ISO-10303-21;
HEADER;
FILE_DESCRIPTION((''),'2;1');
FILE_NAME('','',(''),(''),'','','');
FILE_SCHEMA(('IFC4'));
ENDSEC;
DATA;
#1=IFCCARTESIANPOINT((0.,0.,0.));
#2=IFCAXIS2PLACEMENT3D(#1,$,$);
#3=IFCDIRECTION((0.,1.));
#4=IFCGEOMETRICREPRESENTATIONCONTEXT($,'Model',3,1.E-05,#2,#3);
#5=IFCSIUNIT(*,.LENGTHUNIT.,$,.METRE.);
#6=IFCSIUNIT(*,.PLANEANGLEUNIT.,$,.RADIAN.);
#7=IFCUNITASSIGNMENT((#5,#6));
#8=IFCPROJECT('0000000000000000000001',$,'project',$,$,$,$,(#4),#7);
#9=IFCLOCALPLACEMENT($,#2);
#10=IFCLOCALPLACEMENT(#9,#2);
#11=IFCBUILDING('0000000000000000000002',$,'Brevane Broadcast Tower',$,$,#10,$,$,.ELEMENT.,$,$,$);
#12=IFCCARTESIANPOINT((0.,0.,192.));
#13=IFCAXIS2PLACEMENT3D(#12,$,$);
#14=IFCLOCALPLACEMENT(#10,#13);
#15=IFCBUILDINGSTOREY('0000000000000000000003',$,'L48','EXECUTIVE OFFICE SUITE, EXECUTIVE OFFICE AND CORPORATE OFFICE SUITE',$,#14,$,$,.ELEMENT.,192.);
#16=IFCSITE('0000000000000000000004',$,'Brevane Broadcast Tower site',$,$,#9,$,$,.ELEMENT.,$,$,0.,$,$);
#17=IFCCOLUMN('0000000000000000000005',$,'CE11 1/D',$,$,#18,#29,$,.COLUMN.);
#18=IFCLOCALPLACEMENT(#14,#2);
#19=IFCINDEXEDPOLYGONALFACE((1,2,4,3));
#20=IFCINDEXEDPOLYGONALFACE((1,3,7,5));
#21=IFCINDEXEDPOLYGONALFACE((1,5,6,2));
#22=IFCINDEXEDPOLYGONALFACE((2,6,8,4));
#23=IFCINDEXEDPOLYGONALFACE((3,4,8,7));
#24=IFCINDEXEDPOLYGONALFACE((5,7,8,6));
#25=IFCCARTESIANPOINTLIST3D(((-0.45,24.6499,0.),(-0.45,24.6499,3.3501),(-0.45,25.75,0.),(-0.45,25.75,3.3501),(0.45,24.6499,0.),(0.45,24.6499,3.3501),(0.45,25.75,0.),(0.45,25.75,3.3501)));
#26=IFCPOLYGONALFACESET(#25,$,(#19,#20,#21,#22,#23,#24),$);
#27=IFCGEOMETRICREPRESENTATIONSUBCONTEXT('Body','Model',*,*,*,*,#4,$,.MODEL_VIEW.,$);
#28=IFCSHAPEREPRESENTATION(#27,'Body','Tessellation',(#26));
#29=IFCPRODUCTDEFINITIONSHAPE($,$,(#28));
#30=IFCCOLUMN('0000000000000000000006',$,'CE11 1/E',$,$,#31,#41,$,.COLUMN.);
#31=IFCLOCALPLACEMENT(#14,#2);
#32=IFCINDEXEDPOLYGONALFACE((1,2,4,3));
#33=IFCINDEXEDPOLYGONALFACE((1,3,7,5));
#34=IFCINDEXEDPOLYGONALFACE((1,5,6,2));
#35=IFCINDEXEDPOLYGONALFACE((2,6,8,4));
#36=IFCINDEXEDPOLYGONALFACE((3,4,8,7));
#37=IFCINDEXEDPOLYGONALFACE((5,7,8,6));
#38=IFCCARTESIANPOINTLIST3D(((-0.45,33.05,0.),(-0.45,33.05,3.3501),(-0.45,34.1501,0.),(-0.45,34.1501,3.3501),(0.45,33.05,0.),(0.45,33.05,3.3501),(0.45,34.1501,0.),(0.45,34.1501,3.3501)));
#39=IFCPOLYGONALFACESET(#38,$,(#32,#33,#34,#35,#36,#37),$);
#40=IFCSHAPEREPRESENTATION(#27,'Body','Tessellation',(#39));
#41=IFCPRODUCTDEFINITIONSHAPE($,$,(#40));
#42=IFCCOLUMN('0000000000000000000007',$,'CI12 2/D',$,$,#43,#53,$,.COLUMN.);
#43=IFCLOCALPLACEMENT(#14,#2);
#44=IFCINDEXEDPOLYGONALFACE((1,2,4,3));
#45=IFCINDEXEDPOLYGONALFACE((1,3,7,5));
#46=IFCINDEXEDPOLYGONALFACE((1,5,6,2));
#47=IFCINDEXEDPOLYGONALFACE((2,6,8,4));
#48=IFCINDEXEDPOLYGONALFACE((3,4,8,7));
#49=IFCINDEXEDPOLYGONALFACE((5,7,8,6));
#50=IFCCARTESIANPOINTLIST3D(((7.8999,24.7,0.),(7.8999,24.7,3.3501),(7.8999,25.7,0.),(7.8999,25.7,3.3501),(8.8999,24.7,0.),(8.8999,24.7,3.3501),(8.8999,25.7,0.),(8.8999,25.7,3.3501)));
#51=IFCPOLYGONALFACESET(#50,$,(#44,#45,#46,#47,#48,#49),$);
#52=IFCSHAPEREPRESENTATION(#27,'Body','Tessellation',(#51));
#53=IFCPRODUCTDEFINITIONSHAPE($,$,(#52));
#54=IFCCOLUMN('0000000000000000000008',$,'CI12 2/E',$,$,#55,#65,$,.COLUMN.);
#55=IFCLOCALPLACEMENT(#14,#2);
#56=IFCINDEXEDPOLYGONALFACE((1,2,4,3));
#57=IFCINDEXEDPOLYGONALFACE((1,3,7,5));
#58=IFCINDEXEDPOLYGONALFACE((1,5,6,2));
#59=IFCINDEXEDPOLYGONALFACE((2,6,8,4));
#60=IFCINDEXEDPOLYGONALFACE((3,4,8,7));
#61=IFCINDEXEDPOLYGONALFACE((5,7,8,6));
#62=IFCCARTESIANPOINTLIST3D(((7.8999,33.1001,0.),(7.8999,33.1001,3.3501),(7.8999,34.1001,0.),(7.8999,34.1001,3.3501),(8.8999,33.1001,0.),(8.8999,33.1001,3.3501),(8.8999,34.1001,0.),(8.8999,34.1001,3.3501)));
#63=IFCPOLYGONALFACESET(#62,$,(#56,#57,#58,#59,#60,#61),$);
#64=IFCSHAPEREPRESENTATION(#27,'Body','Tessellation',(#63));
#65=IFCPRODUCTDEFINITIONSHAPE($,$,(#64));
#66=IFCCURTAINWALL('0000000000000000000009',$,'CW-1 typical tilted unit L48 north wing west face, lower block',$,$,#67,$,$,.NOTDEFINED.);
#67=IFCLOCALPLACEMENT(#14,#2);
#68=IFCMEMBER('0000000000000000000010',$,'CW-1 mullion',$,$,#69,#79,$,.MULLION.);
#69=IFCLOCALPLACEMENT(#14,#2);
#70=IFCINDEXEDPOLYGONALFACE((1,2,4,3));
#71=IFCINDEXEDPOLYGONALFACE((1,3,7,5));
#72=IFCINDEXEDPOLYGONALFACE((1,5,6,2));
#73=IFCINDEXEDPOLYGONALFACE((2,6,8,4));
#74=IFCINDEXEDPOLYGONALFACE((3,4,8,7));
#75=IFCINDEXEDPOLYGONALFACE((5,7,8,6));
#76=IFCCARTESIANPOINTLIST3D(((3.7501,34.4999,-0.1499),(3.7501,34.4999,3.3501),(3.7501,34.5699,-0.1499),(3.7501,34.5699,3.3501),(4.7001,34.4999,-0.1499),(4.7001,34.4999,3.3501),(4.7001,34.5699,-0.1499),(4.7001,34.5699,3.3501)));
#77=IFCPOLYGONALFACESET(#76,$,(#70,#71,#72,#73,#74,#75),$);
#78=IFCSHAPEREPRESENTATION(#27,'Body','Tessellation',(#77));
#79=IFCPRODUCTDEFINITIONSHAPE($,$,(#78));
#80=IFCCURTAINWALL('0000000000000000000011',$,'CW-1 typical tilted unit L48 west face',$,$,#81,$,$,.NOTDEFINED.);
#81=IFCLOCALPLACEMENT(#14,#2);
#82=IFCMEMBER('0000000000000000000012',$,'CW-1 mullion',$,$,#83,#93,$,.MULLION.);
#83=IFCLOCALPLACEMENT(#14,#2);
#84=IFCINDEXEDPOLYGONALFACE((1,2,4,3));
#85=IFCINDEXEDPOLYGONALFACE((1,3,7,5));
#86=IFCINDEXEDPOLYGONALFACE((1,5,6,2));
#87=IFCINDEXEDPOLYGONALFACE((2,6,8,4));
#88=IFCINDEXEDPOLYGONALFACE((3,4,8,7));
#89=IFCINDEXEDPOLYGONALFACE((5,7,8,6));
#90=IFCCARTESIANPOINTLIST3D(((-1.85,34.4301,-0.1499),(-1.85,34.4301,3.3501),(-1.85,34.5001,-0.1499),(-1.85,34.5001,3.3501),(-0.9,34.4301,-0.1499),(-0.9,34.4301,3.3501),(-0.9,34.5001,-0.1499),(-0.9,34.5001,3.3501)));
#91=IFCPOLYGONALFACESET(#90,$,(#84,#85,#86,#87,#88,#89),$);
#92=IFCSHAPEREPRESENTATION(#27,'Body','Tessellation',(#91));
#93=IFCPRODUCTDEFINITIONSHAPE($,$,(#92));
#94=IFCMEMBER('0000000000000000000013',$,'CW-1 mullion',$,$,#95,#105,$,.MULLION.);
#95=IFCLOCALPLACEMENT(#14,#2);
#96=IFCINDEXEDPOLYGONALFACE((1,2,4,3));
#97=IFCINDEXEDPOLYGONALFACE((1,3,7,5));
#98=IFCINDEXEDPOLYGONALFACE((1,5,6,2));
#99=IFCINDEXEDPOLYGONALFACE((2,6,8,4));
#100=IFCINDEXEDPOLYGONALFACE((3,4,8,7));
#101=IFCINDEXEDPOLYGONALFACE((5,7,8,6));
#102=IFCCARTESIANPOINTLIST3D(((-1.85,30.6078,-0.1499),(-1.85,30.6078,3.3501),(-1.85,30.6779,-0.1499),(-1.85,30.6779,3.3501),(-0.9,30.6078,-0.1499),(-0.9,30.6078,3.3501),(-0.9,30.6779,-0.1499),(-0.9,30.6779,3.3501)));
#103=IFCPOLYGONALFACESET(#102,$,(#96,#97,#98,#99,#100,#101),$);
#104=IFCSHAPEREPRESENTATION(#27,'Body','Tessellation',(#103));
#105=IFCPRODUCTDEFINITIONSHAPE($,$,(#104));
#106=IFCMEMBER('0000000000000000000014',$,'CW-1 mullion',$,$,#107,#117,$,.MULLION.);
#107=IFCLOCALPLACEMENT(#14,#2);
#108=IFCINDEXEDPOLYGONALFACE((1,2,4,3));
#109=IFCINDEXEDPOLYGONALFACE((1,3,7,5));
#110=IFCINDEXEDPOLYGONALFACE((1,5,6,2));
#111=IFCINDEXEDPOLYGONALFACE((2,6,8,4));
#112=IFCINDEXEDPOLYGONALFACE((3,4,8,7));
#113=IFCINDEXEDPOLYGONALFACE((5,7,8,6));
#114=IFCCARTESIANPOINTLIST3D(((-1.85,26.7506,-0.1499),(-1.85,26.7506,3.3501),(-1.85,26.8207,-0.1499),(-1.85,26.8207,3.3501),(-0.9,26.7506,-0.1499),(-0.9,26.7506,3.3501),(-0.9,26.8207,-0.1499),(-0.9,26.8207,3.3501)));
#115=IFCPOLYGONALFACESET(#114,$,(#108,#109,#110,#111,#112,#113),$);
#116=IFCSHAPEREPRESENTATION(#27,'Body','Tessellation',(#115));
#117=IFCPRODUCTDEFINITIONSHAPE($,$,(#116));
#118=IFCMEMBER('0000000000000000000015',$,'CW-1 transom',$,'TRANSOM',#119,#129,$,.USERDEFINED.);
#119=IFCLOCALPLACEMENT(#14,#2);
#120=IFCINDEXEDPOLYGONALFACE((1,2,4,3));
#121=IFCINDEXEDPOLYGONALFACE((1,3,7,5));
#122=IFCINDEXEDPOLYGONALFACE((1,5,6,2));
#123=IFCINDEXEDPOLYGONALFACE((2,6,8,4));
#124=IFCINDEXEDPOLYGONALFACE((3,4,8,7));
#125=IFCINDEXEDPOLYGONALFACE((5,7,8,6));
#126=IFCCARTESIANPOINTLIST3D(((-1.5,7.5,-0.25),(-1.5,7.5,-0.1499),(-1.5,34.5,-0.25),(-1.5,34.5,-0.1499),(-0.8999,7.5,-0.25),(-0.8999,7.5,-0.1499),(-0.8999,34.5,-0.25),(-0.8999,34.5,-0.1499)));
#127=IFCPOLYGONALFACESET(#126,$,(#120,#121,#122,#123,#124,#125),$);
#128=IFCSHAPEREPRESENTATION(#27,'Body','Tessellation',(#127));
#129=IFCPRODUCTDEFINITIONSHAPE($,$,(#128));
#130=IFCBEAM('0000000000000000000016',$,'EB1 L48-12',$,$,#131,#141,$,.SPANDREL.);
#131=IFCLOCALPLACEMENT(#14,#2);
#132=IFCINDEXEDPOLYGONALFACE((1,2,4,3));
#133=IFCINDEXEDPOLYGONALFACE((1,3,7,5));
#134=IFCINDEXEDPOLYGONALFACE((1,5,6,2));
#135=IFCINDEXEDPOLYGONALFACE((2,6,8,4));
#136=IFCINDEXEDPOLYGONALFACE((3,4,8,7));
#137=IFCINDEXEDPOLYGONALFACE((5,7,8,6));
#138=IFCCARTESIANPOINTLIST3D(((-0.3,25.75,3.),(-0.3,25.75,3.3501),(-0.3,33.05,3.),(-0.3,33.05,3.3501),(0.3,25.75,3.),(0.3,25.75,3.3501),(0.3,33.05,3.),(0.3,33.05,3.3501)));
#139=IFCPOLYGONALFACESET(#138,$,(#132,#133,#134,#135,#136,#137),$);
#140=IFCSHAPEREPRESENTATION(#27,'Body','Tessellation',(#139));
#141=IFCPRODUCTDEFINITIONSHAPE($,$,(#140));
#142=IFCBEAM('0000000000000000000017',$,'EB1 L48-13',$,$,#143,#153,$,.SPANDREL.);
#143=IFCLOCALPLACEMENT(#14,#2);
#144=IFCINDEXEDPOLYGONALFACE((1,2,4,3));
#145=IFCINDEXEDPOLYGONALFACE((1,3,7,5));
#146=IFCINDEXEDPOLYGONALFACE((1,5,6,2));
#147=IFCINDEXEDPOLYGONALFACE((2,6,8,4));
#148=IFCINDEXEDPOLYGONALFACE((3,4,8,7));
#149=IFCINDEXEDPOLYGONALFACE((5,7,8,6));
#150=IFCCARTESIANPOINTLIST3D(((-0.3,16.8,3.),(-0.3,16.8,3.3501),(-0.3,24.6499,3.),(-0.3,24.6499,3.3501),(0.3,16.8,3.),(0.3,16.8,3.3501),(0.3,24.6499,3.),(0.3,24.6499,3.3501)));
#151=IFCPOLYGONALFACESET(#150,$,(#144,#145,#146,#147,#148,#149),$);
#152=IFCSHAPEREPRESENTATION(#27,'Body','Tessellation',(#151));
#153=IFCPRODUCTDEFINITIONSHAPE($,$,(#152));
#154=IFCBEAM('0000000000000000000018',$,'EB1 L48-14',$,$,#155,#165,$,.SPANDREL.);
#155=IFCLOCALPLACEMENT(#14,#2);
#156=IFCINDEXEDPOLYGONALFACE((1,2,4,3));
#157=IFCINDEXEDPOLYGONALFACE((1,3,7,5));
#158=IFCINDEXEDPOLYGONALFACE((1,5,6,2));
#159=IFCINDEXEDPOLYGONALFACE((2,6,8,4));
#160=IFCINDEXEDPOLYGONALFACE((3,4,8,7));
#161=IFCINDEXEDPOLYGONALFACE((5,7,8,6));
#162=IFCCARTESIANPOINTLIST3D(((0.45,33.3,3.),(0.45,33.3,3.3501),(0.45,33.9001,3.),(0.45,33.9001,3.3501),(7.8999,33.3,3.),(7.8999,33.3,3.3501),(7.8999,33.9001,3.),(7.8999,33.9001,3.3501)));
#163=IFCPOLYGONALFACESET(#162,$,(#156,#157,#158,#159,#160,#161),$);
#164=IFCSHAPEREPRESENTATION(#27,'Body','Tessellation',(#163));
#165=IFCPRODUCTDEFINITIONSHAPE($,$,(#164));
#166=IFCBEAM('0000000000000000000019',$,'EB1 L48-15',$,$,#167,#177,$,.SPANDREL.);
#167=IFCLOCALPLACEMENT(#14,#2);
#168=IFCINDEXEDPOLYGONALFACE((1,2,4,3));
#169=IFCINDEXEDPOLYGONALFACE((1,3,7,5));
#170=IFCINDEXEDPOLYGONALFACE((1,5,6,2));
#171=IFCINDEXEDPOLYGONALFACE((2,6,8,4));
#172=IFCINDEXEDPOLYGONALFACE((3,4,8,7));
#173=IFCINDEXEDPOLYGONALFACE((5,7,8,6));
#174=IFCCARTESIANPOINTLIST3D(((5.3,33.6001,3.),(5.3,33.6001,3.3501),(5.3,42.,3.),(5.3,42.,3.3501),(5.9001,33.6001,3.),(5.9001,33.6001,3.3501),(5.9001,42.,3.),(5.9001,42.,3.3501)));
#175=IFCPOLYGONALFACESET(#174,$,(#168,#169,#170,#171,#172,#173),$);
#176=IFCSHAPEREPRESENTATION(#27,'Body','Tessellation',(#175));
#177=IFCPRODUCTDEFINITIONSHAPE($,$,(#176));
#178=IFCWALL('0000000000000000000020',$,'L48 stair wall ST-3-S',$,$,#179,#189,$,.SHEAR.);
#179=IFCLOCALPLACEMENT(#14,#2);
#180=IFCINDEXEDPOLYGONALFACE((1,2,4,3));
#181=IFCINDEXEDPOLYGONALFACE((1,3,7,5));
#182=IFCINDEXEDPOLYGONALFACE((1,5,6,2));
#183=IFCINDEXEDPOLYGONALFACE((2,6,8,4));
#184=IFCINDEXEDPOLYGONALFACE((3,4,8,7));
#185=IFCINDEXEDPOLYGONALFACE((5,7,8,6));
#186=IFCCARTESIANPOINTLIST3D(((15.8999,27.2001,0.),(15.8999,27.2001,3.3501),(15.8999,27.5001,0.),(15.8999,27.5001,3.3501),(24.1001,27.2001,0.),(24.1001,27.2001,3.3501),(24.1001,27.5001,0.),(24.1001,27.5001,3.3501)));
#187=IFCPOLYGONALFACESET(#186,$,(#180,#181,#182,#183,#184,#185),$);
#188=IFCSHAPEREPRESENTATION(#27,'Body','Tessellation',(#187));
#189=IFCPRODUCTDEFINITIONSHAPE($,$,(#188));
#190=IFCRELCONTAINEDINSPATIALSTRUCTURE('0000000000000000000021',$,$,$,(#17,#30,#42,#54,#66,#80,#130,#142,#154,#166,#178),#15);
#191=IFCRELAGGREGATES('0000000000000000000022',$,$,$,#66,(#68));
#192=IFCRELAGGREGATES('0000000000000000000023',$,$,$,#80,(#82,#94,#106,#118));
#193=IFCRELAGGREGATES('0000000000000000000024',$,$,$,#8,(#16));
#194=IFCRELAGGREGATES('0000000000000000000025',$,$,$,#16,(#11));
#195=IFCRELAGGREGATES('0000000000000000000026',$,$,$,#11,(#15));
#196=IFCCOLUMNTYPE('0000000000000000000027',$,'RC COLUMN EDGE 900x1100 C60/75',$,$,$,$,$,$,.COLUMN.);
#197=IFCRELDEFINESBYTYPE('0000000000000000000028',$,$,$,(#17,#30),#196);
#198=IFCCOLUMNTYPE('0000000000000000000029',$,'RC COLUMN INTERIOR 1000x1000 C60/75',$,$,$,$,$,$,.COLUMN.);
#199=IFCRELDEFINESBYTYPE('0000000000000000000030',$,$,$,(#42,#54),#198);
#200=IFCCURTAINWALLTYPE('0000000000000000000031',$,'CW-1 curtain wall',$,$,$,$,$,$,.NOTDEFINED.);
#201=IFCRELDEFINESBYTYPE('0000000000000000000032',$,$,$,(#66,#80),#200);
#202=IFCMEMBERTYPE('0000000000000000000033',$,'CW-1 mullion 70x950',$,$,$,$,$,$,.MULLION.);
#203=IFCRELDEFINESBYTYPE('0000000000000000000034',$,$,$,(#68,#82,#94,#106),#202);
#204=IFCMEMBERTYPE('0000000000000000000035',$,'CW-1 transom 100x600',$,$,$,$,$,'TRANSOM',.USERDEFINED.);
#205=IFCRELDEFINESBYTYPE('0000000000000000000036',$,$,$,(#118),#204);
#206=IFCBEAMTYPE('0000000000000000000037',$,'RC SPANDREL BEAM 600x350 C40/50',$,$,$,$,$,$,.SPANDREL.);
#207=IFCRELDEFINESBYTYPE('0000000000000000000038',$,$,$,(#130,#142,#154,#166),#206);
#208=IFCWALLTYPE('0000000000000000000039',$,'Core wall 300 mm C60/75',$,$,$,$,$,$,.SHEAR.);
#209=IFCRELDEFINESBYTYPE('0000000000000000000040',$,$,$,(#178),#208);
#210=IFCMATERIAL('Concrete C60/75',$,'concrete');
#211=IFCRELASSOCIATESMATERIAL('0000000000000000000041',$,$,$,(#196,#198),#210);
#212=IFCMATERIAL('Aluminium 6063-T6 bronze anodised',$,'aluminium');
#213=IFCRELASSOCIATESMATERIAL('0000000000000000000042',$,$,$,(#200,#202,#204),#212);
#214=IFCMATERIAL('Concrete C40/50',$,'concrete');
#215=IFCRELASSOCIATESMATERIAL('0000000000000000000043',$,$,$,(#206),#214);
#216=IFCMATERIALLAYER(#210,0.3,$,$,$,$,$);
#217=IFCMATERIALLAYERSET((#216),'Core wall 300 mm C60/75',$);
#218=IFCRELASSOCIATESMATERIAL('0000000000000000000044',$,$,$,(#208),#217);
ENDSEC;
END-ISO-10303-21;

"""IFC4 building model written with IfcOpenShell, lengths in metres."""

from ifc_helpers import new_model, si_unit, direction, frame, frame_2d, origin, origin_2d, place, context, subcontext, project, spatial, rectangle, extrude, material, layer, layer_set, material_profile, profile_set, type_object, element, aggregate, save


model = new_model("IFC4")

# Units and contexts
model_context = context("Model", 3, precision=1e-05, world=origin(), true_north=direction((0.0, 1.0)))
body_context = subcontext(model_context, "Body", "Model", "MODEL_VIEW")
ifc_project = project(units=[si_unit("LENGTHUNIT", "METRE"), si_unit("PLANEANGLEUNIT", "RADIAN")], contexts=[model_context])

# Site, building, storey
site_placement = place(None, origin())
site = spatial("IfcSite", under=ifc_project, at=site_placement, Name="Brevane Broadcast Tower site", CompositionType="ELEMENT", RefElevation=0.0)
building_placement = place(site_placement, origin())
building = spatial("IfcBuilding", under=site, at=building_placement, Name="Brevane Broadcast Tower", CompositionType="ELEMENT")
storey_placement = place(building_placement, frame((0.0, 0.0, 192.0)))
storey = spatial("IfcBuildingStorey", under=building, at=storey_placement, Name="L48", Description="EXECUTIVE OFFICE SUITE, EXECUTIVE OFFICE AND CORPORATE OFFICE SUITE", CompositionType="ELEMENT", Elevation=192.0)

# Columns
ifc_material_1 = material(Name="Concrete C60/75", Category="concrete")
ifc_material_profile_1 = material_profile(ifc_material_1, rectangle(XDim=0.8999, YDim=1.1001, at=origin_2d()), Name="RC 900x1100")
ifc_profile_set_1 = profile_set([ifc_material_profile_1], Name="Concrete C60/75")
column_type_1 = type_object("IfcColumnType", Name="RC COLUMN EDGE 900x1100 C60/75", PredefinedType="COLUMN", material=ifc_profile_set_1)
for number, where, z_axis, x_axis, name in (
    (1, (0.0, 25.2, 0.0), (0.0, 0.0, 1.0), (1.0, 0.0, 0.0), "CE11 1/D"),
    (2, (0.0, 33.6001, 0.0), (0.0, 0.0, 1.0), (1.0, 0.0, 0.0), "CE11 1/E"),
):
    element("IfcColumn", number, at=place(storey_placement, frame(where, z_axis=z_axis, x_axis=x_axis)), inside=storey, type_object=column_type_1, Name=name, PredefinedType="COLUMN", context=body_context, shape_type="SweptSolid", body=[
        extrude(rectangle(XDim=0.8999, YDim=1.1001, at=origin_2d()), origin(), (0.0, 0.0, 1.0), 3.3501),
    ])
ifc_material_profile_2 = material_profile(ifc_material_1, rectangle(XDim=1.0, YDim=1.0, at=origin_2d()), Name="RC 1000x1000")
ifc_profile_set_2 = profile_set([ifc_material_profile_2], Name="Concrete C60/75")
column_type_2 = type_object("IfcColumnType", Name="RC COLUMN INTERIOR 1000x1000 C60/75", PredefinedType="COLUMN", material=ifc_profile_set_2)
for number, where, z_axis, x_axis, name in (
    (3, (8.3999, 25.2, 0.0), (0.0, 0.0, 1.0), (1.0, 0.0, 0.0), "CI12 2/D"),
    (4, (8.3999, 33.6001, 0.0), (0.0, 0.0, 1.0), (1.0, 0.0, 0.0), "CI12 2/E"),
):
    element("IfcColumn", number, at=place(storey_placement, frame(where, z_axis=z_axis, x_axis=x_axis)), inside=storey, type_object=column_type_2, Name=name, PredefinedType="COLUMN", context=body_context, shape_type="SweptSolid", body=[
        extrude(rectangle(XDim=1.0, YDim=1.0, at=origin_2d()), origin(), (0.0, 0.0, 1.0), 3.3501),
    ])

# Curtain wall, member
ifc_material_2 = material(Name="Aluminium 6063-T6 bronze anodised", Category="aluminium")
curtain_wall_type = type_object("IfcCurtainWallType", Name="CW-1 curtain wall", PredefinedType="NOTDEFINED", material=ifc_material_2)
curtain_wall_1_placement = place(storey_placement, origin())
curtain_wall_1 = element("IfcCurtainWall", 5, at=curtain_wall_1_placement, inside=storey, type_object=curtain_wall_type, Name="CW-1 typical tilted unit L48 north wing west face, lower block", PredefinedType="NOTDEFINED")
ifc_material_profile_3 = material_profile(ifc_material_2, rectangle(XDim=0.95, YDim=0.0701, at=origin_2d()), Name="RECT 70x950")
ifc_profile_set_3 = profile_set([ifc_material_profile_3], Name="Aluminium 6063-T6 bronze anodised")
member_type_1 = type_object("IfcMemberType", Name="CW-1 mullion 70x950", PredefinedType="MULLION", material=ifc_profile_set_3)
member_1_placement = place(storey_placement, frame((4.2251, 34.5349, -0.1499), z_axis=(0.0, 0.0, 1.0), x_axis=(1.0, 0.0, 0.0)))
member_1 = element("IfcMember", 6, at=member_1_placement, type_object=member_type_1, Name="CW-1 mullion", PredefinedType="MULLION", context=body_context, shape_type="SweptSolid", body=[
    extrude(rectangle(XDim=0.95, YDim=0.0701, at=origin_2d()), origin(), (0.0, 0.0, 1.0), 3.5),
])
aggregate(curtain_wall_1, [member_1])

# Curtain wall, members
curtain_wall_2_placement = place(storey_placement, origin())
curtain_wall_2 = element("IfcCurtainWall", 7, at=curtain_wall_2_placement, inside=storey, type_object=curtain_wall_type, Name="CW-1 typical tilted unit L48 west face", PredefinedType="NOTDEFINED")
member_2_placement = place(storey_placement, frame((-1.375, 34.4651, -0.1499), z_axis=(0.0, 0.0, 1.0), x_axis=(1.0, 0.0, 0.0)))
member_2 = element("IfcMember", 8, at=member_2_placement, type_object=member_type_1, Name="CW-1 mullion", PredefinedType="MULLION", context=body_context, shape_type="SweptSolid", body=[
    extrude(rectangle(XDim=0.95, YDim=0.0701, at=origin_2d()), origin(), (0.0, 0.0, 1.0), 3.5),
])
member_3_placement = place(storey_placement, frame((-1.375, 30.6428, -0.1499), z_axis=(0.0, 0.0, 1.0), x_axis=(1.0, 0.0, 0.0)))
member_3 = element("IfcMember", 9, at=member_3_placement, type_object=member_type_1, Name="CW-1 mullion", PredefinedType="MULLION", context=body_context, shape_type="SweptSolid", body=[
    extrude(rectangle(XDim=0.95, YDim=0.0701, at=origin_2d()), origin(), (0.0, 0.0, 1.0), 3.5),
])
member_4_placement = place(storey_placement, frame((-1.375, 26.7856, -0.1499), z_axis=(0.0, 0.0, 1.0), x_axis=(1.0, 0.0, 0.0)))
member_4 = element("IfcMember", 10, at=member_4_placement, type_object=member_type_1, Name="CW-1 mullion", PredefinedType="MULLION", context=body_context, shape_type="SweptSolid", body=[
    extrude(rectangle(XDim=0.95, YDim=0.0701, at=origin_2d()), origin(), (0.0, 0.0, 1.0), 3.5),
])
ifc_material_profile_4 = material_profile(ifc_material_2, rectangle(XDim=0.6001, YDim=0.1001, at=origin_2d()), Name="RECT 100x600")
ifc_profile_set_4 = profile_set([ifc_material_profile_4], Name="Aluminium 6063-T6 bronze anodised")
member_type_2 = type_object("IfcMemberType", Name="CW-1 transom 100x600", ElementType="TRANSOM", PredefinedType="USERDEFINED", material=ifc_profile_set_4)
member_5_placement = place(storey_placement, frame((-1.2, 34.5, -0.2), z_axis=(0.0, -1.0, 0.0), x_axis=(1.0, 0.0, 0.0)))
member_5 = element("IfcMember", 11, at=member_5_placement, type_object=member_type_2, Name="CW-1 transom", ObjectType="TRANSOM", PredefinedType="USERDEFINED", context=body_context, shape_type="SweptSolid", body=[
    extrude(rectangle(XDim=0.6001, YDim=0.1001, at=origin_2d()), origin(), (0.0, 0.0, 1.0), 27.0),
])
aggregate(curtain_wall_2, [member_2, member_3, member_4, member_5])

# Beams
ifc_material_3 = material(Name="Concrete C40/50", Category="concrete")
ifc_material_profile_5 = material_profile(ifc_material_3, rectangle(XDim=0.6001, YDim=0.3501, at=origin_2d()), Name="RC 600x350")
ifc_profile_set_5 = profile_set([ifc_material_profile_5], Name="Concrete C40/50")
beam_type = type_object("IfcBeamType", Name="RC SPANDREL BEAM 600x350 C40/50", PredefinedType="SPANDREL", material=ifc_profile_set_5)
beam_1_placement = place(storey_placement, frame((0.0, 33.05, 3.175), z_axis=(0.0, -1.0, 0.0), x_axis=(1.0, 0.0, 0.0)))
element("IfcBeam", 12, at=beam_1_placement, inside=storey, type_object=beam_type, Name="EB1 L48-12", PredefinedType="SPANDREL", context=body_context, shape_type="SweptSolid", body=[
    extrude(rectangle(XDim=0.6001, YDim=0.3501, at=origin_2d()), origin(), (0.0, 0.0, 1.0), 7.3),
])
beam_2_placement = place(storey_placement, frame((0.0, 24.6499, 3.175), z_axis=(0.0, -1.0, 0.0), x_axis=(1.0, 0.0, 0.0)))
element("IfcBeam", 13, at=beam_2_placement, inside=storey, type_object=beam_type, Name="EB1 L48-13", PredefinedType="SPANDREL", context=body_context, shape_type="SweptSolid", body=[
    extrude(rectangle(XDim=0.6001, YDim=0.3501, at=origin_2d()), origin(), (0.0, 0.0, 1.0), 7.8499),
])
beam_3_placement = place(storey_placement, frame((0.45, 33.6001, 3.175), z_axis=(1.0, 0.0, 0.0), x_axis=(0.0, 1.0, 0.0)))
element("IfcBeam", 14, at=beam_3_placement, inside=storey, type_object=beam_type, Name="EB1 L48-14", PredefinedType="SPANDREL", context=body_context, shape_type="SweptSolid", body=[
    extrude(rectangle(XDim=0.6001, YDim=0.3501, at=origin_2d()), origin(), (0.0, 0.0, 1.0), 7.45),
])
beam_4_placement = place(storey_placement, frame((5.6001, 33.6001, 3.175), z_axis=(0.0, 1.0, 0.0), x_axis=(-1.0, 0.0, 0.0)))
element("IfcBeam", 15, at=beam_4_placement, inside=storey, type_object=beam_type, Name="EB1 L48-15", PredefinedType="SPANDREL", context=body_context, shape_type="SweptSolid", body=[
    extrude(rectangle(XDim=0.6001, YDim=0.3501, at=origin_2d()), origin(), (0.0, 0.0, 1.0), 8.3999),
])

# Wall
ifc_layer_1 = layer(ifc_material_1, 0.3)
ifc_layer_set_1 = layer_set([ifc_layer_1], Name="Core wall 300 mm C60/75")
wall_type_1 = type_object("IfcWallType", Name="Core wall 300 mm C60/75", PredefinedType="SHEAR", material=ifc_layer_set_1)
for number, where, z_axis, x_axis, name in (
    (16, (15.8999, 27.3501, 0.0), (0.0, 0.0, 1.0), (1.0, 0.0, 0.0), "L48 stair wall ST-3-S"),
):
    element("IfcWall", number, at=place(storey_placement, frame(where, z_axis=z_axis, x_axis=x_axis)), inside=storey, type_object=wall_type_1, Name=name, PredefinedType="SHEAR", context=body_context, shape_type="SweptSolid", body=[
        extrude(rectangle(XDim=8.2002, YDim=0.3, at=frame_2d((4.1001, 0.0))), origin(), (0.0, 0.0, 1.0), 3.3501),
    ])

save(model, "model.ifc")
